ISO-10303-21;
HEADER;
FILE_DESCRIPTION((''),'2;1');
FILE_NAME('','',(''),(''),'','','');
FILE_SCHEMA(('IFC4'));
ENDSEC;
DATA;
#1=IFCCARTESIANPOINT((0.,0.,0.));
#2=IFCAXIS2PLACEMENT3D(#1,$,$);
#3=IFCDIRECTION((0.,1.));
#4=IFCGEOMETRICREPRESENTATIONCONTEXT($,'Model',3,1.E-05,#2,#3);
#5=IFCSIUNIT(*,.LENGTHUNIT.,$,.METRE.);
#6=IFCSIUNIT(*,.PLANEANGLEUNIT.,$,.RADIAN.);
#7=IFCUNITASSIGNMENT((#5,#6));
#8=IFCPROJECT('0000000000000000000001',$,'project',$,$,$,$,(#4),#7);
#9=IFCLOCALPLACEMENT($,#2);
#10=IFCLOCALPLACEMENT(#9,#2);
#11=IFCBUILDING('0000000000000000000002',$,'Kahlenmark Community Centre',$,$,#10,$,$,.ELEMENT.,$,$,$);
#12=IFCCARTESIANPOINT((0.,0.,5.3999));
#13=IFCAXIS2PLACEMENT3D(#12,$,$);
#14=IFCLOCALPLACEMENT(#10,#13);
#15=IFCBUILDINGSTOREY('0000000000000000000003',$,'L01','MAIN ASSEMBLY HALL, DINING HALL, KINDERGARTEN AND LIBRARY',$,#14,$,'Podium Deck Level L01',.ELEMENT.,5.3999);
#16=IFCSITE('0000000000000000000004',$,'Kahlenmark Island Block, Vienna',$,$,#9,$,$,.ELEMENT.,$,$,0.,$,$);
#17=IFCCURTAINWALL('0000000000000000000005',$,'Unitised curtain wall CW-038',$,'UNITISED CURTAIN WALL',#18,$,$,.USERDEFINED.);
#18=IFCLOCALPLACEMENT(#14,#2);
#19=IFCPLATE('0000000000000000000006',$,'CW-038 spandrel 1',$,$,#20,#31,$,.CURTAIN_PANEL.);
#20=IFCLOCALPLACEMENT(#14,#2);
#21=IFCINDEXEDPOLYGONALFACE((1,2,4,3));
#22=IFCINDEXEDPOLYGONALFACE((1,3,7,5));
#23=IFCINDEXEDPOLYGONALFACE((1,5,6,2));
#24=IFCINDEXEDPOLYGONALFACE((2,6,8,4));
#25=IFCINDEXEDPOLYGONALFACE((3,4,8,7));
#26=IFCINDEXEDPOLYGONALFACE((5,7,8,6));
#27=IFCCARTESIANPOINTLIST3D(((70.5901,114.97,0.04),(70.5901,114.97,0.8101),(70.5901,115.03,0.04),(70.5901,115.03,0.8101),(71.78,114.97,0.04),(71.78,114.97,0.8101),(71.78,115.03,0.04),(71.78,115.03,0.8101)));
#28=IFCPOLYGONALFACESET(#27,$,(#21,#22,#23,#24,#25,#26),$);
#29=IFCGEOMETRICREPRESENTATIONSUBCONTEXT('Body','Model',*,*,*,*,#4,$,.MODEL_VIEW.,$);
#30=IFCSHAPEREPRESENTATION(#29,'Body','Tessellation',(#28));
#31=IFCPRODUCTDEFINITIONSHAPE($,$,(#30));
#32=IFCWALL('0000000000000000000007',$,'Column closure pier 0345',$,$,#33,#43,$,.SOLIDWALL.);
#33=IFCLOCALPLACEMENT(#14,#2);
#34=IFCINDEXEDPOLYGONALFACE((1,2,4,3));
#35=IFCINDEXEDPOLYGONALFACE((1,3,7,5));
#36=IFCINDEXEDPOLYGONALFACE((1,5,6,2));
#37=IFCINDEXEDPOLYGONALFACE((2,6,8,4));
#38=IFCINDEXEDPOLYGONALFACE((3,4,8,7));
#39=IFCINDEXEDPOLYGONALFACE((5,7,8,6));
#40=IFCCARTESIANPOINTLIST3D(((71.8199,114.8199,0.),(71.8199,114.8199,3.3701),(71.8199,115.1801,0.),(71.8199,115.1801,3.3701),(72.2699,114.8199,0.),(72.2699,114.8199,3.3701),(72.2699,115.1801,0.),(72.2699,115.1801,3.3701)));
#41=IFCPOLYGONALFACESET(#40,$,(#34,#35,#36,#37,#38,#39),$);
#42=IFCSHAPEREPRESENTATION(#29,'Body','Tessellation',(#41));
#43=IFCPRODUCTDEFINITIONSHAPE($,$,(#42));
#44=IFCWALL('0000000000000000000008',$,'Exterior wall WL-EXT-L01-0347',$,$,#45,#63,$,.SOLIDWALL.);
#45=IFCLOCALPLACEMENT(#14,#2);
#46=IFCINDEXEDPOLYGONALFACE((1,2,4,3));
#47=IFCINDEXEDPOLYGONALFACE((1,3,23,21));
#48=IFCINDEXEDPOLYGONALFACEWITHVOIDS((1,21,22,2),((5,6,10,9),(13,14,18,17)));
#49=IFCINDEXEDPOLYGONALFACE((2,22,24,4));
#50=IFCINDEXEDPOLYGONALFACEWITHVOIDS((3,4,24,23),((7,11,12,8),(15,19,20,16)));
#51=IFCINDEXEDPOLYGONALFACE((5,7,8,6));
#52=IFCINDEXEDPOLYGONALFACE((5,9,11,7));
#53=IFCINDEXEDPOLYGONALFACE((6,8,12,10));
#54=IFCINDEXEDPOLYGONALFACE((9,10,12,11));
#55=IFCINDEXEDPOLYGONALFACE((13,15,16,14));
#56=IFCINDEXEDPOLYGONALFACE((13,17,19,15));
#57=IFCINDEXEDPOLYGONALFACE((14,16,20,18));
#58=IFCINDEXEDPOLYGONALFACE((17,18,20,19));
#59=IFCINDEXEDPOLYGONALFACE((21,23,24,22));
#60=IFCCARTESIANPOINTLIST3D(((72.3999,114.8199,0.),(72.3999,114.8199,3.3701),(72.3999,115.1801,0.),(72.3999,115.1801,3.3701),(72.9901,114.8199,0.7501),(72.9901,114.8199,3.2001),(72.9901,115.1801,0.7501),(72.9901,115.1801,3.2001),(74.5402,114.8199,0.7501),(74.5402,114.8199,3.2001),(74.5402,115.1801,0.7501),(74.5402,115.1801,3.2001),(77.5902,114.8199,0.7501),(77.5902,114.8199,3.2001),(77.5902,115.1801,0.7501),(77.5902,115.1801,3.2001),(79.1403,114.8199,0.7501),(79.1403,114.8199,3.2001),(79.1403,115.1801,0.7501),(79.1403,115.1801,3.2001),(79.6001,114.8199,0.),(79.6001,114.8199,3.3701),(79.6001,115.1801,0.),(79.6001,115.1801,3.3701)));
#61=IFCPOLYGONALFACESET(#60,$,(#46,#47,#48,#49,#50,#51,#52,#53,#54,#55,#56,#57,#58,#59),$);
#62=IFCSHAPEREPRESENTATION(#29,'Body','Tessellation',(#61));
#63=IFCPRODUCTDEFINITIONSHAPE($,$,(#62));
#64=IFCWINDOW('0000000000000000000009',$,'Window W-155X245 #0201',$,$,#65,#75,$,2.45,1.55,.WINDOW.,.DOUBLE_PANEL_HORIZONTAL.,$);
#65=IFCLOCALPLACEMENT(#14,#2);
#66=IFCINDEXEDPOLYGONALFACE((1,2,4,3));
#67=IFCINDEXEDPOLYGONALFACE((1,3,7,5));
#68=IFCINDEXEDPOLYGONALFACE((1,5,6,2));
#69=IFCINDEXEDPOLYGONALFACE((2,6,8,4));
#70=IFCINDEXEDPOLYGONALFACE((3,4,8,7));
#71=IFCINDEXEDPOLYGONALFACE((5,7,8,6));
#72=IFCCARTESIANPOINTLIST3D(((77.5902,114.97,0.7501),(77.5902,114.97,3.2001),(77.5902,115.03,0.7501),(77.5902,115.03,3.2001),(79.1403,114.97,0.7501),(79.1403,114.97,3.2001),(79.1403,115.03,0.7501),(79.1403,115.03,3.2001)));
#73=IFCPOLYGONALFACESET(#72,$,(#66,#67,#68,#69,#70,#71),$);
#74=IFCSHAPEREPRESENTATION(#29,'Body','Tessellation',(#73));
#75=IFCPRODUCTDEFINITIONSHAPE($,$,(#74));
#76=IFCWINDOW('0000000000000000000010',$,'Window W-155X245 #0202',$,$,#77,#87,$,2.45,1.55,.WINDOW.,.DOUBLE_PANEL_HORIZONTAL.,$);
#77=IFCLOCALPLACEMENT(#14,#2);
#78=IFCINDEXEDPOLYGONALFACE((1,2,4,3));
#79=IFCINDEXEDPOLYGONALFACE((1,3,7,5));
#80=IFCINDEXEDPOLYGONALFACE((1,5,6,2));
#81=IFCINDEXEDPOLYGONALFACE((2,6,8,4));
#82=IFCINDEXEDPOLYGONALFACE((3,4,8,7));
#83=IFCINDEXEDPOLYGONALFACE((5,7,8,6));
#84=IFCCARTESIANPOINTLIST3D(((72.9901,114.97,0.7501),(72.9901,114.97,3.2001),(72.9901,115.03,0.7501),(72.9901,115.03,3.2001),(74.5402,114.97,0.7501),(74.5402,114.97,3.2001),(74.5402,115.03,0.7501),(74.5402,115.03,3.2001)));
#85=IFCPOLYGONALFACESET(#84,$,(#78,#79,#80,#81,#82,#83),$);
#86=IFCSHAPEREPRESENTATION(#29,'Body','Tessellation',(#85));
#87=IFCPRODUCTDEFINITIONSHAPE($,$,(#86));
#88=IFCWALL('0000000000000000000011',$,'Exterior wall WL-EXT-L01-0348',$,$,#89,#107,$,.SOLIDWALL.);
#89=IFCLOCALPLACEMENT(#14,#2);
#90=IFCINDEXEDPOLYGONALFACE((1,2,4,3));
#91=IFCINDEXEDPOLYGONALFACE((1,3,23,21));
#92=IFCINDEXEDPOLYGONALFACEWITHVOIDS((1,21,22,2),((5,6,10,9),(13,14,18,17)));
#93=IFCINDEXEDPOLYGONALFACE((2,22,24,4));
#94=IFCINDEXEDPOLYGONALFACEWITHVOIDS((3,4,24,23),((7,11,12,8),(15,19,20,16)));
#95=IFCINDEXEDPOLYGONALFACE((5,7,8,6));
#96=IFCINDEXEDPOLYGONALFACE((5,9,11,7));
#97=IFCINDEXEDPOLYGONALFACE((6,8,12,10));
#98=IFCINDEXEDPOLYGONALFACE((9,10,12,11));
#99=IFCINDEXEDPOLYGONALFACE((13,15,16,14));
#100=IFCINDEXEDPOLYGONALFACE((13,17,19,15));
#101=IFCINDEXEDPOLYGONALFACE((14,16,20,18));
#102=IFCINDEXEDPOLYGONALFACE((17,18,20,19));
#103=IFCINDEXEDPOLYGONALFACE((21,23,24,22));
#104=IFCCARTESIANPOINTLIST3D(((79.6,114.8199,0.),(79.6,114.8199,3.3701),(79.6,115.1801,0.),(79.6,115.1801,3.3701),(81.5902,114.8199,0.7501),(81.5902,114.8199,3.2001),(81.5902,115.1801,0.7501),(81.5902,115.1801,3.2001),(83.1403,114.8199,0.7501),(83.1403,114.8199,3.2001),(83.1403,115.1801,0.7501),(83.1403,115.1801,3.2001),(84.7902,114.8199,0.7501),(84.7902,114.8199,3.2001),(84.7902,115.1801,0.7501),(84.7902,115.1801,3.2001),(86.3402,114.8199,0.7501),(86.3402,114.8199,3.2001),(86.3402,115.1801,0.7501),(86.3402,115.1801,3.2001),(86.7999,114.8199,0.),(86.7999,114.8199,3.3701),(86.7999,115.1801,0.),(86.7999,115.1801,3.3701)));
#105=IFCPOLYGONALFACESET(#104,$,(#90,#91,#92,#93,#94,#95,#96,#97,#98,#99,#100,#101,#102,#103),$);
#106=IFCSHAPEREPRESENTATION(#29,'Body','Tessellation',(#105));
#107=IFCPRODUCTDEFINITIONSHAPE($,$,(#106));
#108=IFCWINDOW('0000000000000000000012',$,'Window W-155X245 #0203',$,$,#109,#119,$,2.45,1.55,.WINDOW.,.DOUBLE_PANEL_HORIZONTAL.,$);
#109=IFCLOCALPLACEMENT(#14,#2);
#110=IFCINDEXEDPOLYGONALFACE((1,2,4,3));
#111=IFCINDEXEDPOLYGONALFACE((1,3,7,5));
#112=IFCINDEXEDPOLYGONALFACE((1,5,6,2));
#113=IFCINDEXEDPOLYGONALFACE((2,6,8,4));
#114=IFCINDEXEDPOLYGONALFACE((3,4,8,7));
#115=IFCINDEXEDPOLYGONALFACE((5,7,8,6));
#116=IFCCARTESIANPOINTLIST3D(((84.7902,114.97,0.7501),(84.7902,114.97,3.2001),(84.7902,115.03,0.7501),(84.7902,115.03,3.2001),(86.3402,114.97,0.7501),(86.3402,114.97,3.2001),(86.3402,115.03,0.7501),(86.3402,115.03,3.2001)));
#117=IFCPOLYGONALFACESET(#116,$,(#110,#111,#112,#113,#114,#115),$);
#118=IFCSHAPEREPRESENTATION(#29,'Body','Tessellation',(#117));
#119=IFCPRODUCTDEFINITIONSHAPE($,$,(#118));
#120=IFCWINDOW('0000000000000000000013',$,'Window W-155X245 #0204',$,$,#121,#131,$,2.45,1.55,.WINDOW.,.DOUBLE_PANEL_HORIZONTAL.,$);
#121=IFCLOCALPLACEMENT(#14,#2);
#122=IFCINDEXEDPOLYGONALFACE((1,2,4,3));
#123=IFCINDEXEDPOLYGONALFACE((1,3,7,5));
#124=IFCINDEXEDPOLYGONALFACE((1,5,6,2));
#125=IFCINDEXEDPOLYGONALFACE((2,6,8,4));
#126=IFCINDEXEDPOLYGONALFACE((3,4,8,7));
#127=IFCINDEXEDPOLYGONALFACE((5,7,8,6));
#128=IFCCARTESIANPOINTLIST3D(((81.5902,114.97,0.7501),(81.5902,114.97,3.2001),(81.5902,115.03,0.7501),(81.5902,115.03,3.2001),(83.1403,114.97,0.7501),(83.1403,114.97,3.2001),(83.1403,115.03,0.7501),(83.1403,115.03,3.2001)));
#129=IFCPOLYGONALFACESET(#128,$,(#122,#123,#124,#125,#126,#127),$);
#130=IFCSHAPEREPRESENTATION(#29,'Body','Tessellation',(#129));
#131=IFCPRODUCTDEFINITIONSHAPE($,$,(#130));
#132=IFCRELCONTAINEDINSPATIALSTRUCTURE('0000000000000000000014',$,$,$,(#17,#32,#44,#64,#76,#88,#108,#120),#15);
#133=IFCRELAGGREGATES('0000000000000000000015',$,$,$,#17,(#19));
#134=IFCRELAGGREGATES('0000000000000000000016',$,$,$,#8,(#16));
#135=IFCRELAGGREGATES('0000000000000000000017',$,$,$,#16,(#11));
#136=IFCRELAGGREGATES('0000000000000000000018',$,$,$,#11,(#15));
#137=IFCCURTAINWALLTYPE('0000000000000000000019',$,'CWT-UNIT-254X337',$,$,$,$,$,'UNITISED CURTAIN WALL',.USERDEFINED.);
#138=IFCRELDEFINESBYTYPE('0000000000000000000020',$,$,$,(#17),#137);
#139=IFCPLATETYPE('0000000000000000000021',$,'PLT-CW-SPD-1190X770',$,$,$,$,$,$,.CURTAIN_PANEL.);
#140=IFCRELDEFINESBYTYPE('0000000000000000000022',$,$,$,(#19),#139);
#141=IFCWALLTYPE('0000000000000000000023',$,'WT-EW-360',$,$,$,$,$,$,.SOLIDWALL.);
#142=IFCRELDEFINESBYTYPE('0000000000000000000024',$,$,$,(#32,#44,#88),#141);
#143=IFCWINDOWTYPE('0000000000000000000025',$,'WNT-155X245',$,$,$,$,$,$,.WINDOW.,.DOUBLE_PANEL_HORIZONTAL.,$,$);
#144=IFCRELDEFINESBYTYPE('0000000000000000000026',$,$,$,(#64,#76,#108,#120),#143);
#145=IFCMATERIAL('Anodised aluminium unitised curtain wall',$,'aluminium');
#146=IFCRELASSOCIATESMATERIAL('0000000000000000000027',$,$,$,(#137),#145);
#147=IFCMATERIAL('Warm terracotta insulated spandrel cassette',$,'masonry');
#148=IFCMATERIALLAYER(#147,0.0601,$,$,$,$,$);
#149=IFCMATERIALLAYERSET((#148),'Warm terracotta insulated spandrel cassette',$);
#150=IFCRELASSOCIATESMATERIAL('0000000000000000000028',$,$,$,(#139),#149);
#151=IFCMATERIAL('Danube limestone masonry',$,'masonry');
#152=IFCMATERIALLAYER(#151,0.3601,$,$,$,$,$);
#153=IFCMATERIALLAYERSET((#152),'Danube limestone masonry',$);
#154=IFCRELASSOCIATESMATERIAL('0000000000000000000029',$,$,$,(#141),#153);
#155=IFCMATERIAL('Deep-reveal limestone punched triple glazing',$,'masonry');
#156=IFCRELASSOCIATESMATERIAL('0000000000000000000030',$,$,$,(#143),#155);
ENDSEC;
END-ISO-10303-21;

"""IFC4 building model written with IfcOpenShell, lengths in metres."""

from ifc_helpers import new_model, si_unit, direction, frame, frame_2d, origin, origin_2d, place, context, subcontext, project, spatial, rectangle, extrude, material, layer, layer_set, type_object, element, fill, aggregate, save


model = new_model("IFC4")

# Units and contexts
model_context = context("Model", 3, precision=1e-05, world=origin(), true_north=direction((0.0, 1.0)))
body_context = subcontext(model_context, "Body", "Model", "MODEL_VIEW")
ifc_project = project(units=[si_unit("LENGTHUNIT", "METRE"), si_unit("PLANEANGLEUNIT", "RADIAN")], contexts=[model_context])

# Site, building, storey
site_placement = place(None, origin())
site = spatial("IfcSite", under=ifc_project, at=site_placement, Name="Kahlenmark Island Block, Vienna", CompositionType="ELEMENT", RefElevation=0.0)
building_placement = place(site_placement, origin())
building = spatial("IfcBuilding", under=site, at=building_placement, Name="Kahlenmark Community Centre", CompositionType="ELEMENT")
storey_placement = place(building_placement, frame((0.0, 0.0, 5.3999)))
storey = spatial("IfcBuildingStorey", under=building, at=storey_placement, Name="L01", Description="MAIN ASSEMBLY HALL, DINING HALL, KINDERGARTEN AND LIBRARY", LongName="Podium Deck Level L01", CompositionType="ELEMENT", Elevation=5.3999)

# Curtain wall, plate
ifc_material_1 = material(Name="Anodised aluminium unitised curtain wall", Category="aluminium")
curtain_wall_type = type_object("IfcCurtainWallType", Name="CWT-UNIT-254X337", ElementType="UNITISED CURTAIN WALL", PredefinedType="USERDEFINED", material=ifc_material_1)
curtain_wall_placement = place(storey_placement, origin())
curtain_wall = element("IfcCurtainWall", 1, at=curtain_wall_placement, inside=storey, type_object=curtain_wall_type, Name="Unitised curtain wall CW-038", ObjectType="UNITISED CURTAIN WALL", PredefinedType="USERDEFINED")
ifc_material_2 = material(Name="Warm terracotta insulated spandrel cassette", Category="masonry")
ifc_layer_1 = layer(ifc_material_2, 0.0601)
ifc_layer_set_1 = layer_set([ifc_layer_1], Name="Warm terracotta insulated spandrel cassette")
plate_type_1 = type_object("IfcPlateType", Name="PLT-CW-SPD-1190X770", PredefinedType="CURTAIN_PANEL", material=ifc_layer_set_1)
plate_1_placement = place(storey_placement, frame((71.1851, 115.0, 0.04), z_axis=(0.0, 0.0, 1.0), x_axis=(-1.0, 0.0, 0.0)))
plate_1 = element("IfcPlate", 2, at=plate_1_placement, type_object=plate_type_1, Name="CW-038 spandrel 1", PredefinedType="CURTAIN_PANEL", context=body_context, shape_type="SweptSolid", body=[
    extrude(rectangle(XDim=1.1899, YDim=0.0601, at=origin_2d()), origin(), (0.0, 0.0, 1.0), 0.77),
])
aggregate(curtain_wall, [plate_1])

# Wall
ifc_material_3 = material(Name="Danube limestone masonry", Category="masonry")
ifc_layer_2 = layer(ifc_material_3, 0.3601)
ifc_layer_set_2 = layer_set([ifc_layer_2], Name="Danube limestone masonry")
wall_type_1 = type_object("IfcWallType", Name="WT-EW-360", PredefinedType="SOLIDWALL", material=ifc_layer_set_2)
wall_1_placement = place(storey_placement, frame((72.27, 115.0, 0.0), z_axis=(0.0, 0.0, 1.0), x_axis=(-1.0, 0.0, 0.0)))
element("IfcWall", 3, at=wall_1_placement, inside=storey, type_object=wall_type_1, Name="Column closure pier 0345", PredefinedType="SOLIDWALL", context=body_context, shape_type="SweptSolid", body=[
    extrude(rectangle(XDim=0.45, YDim=0.3601, at=frame_2d((0.2251, 0.0))), origin(), (0.0, 0.0, 1.0), 3.3701),
])

# Walls, openings, windows
wall_2_placement = place(storey_placement, frame((79.6001, 115.0, 0.0), z_axis=(0.0, 0.0, 1.0), x_axis=(-1.0, 0.0, 0.0)))
wall_2 = element("IfcWall", 4, at=wall_2_placement, inside=storey, type_object=wall_type_1, Name="Exterior wall WL-EXT-L01-0347", PredefinedType="SOLIDWALL", context=body_context, shape_type="SweptSolid", body=[
    extrude(rectangle(XDim=7.2002, YDim=0.3601, at=frame_2d((3.6001, 0.0))), origin(), (0.0, 0.0, 1.0), 3.3701),
])
opening_1_placement = place(wall_2_placement, frame((0.46, 0.0, 0.75)))
opening_1 = element("IfcOpeningElement", 5, at=opening_1_placement, cuts=wall_2, PredefinedType="OPENING", context=body_context, shape_type="SweptSolid", body=[
    extrude(rectangle(XDim=1.55, YDim=2.45, at=frame_2d((0.7749, 1.2251))), frame((0.0, 0.1899, 0.0), z_axis=(0.0, -1.0, 0.0), x_axis=(1.0, 0.0, 0.0)), (0.0, 0.0, 1.0), 0.3801),
])
opening_2_placement = place(wall_2_placement, frame((5.0601, 0.0, 0.75)))
opening_2 = element("IfcOpeningElement", 6, at=opening_2_placement, cuts=wall_2, PredefinedType="OPENING", context=body_context, shape_type="SweptSolid", body=[
    extrude(rectangle(XDim=1.55, YDim=2.45, at=frame_2d((0.7749, 1.2251))), frame((0.0, 0.1899, 0.0), z_axis=(0.0, -1.0, 0.0), x_axis=(1.0, 0.0, 0.0)), (0.0, 0.0, 1.0), 0.3801),
])
ifc_material_4 = material(Name="Deep-reveal limestone punched triple glazing", Category="masonry")
window_type_1 = type_object("IfcWindowType", Name="WNT-155X245", PartitioningType="DOUBLE_PANEL_HORIZONTAL", PredefinedType="WINDOW", material=ifc_material_4)
window_1_placement = place(opening_1_placement, origin())
window_1 = element("IfcWindow", 7, at=window_1_placement, inside=storey, type_object=window_type_1, Name="Window W-155X245 #0201", OverallHeight=2.45, OverallWidth=1.55, PartitioningType="DOUBLE_PANEL_HORIZONTAL", PredefinedType="WINDOW", context=body_context, shape_type="SweptSolid", body=[
    extrude(rectangle(XDim=1.55, YDim=2.45, at=frame_2d((0.7749, 1.2251))), frame((0.0, 0.03, 0.0), z_axis=(0.0, -1.0, 0.0), x_axis=(1.0, 0.0, 0.0)), (0.0, 0.0, 1.0), 0.0601),
])
fill(opening_1, window_1)
window_2_placement = place(opening_2_placement, origin())
window_2 = element("IfcWindow", 8, at=window_2_placement, inside=storey, type_object=window_type_1, Name="Window W-155X245 #0202", OverallHeight=2.45, OverallWidth=1.55, PartitioningType="DOUBLE_PANEL_HORIZONTAL", PredefinedType="WINDOW", context=body_context, shape_type="SweptSolid", body=[
    extrude(rectangle(XDim=1.55, YDim=2.45, at=frame_2d((0.7749, 1.2251))), frame((0.0, 0.03, 0.0), z_axis=(0.0, -1.0, 0.0), x_axis=(1.0, 0.0, 0.0)), (0.0, 0.0, 1.0), 0.0601),
])
fill(opening_2, window_2)
wall_3_placement = place(storey_placement, frame((86.8, 115.0, 0.0), z_axis=(0.0, 0.0, 1.0), x_axis=(-1.0, 0.0, 0.0)))
wall_3 = element("IfcWall", 9, at=wall_3_placement, inside=storey, type_object=wall_type_1, Name="Exterior wall WL-EXT-L01-0348", PredefinedType="SOLIDWALL", context=body_context, shape_type="SweptSolid", body=[
    extrude(rectangle(XDim=7.2, YDim=0.3601, at=frame_2d((3.6001, 0.0))), origin(), (0.0, 0.0, 1.0), 3.3701),
])
opening_3_placement = place(wall_3_placement, frame((0.46, 0.0, 0.75)))
opening_3 = element("IfcOpeningElement", 10, at=opening_3_placement, cuts=wall_3, PredefinedType="OPENING", context=body_context, shape_type="SweptSolid", body=[
    extrude(rectangle(XDim=1.55, YDim=2.45, at=frame_2d((0.7749, 1.2251))), frame((0.0, 0.1899, 0.0), z_axis=(0.0, -1.0, 0.0), x_axis=(1.0, 0.0, 0.0)), (0.0, 0.0, 1.0), 0.3801),
])
opening_4_placement = place(wall_3_placement, frame((3.6599, 0.0, 0.75)))
opening_4 = element("IfcOpeningElement", 11, at=opening_4_placement, cuts=wall_3, PredefinedType="OPENING", context=body_context, shape_type="SweptSolid", body=[
    extrude(rectangle(XDim=1.55, YDim=2.45, at=frame_2d((0.7749, 1.2251))), frame((0.0, 0.1899, 0.0), z_axis=(0.0, -1.0, 0.0), x_axis=(1.0, 0.0, 0.0)), (0.0, 0.0, 1.0), 0.3801),
])
window_3_placement = place(opening_3_placement, origin())
window_3 = element("IfcWindow", 12, at=window_3_placement, inside=storey, type_object=window_type_1, Name="Window W-155X245 #0203", OverallHeight=2.45, OverallWidth=1.55, PartitioningType="DOUBLE_PANEL_HORIZONTAL", PredefinedType="WINDOW", context=body_context, shape_type="SweptSolid", body=[
    extrude(rectangle(XDim=1.55, YDim=2.45, at=frame_2d((0.7749, 1.2251))), frame((0.0, 0.03, 0.0), z_axis=(0.0, -1.0, 0.0), x_axis=(1.0, 0.0, 0.0)), (0.0, 0.0, 1.0), 0.0601),
])
fill(opening_3, window_3)
window_4_placement = place(opening_4_placement, origin())
window_4 = element("IfcWindow", 13, at=window_4_placement, inside=storey, type_object=window_type_1, Name="Window W-155X245 #0204", OverallHeight=2.45, OverallWidth=1.55, PartitioningType="DOUBLE_PANEL_HORIZONTAL", PredefinedType="WINDOW", context=body_context, shape_type="SweptSolid", body=[
    extrude(rectangle(XDim=1.55, YDim=2.45, at=frame_2d((0.7749, 1.2251))), frame((0.0, 0.03, 0.0), z_axis=(0.0, -1.0, 0.0), x_axis=(1.0, 0.0, 0.0)), (0.0, 0.0, 1.0), 0.0601),
])
fill(opening_4, window_4)

save(model, "model.ifc")
